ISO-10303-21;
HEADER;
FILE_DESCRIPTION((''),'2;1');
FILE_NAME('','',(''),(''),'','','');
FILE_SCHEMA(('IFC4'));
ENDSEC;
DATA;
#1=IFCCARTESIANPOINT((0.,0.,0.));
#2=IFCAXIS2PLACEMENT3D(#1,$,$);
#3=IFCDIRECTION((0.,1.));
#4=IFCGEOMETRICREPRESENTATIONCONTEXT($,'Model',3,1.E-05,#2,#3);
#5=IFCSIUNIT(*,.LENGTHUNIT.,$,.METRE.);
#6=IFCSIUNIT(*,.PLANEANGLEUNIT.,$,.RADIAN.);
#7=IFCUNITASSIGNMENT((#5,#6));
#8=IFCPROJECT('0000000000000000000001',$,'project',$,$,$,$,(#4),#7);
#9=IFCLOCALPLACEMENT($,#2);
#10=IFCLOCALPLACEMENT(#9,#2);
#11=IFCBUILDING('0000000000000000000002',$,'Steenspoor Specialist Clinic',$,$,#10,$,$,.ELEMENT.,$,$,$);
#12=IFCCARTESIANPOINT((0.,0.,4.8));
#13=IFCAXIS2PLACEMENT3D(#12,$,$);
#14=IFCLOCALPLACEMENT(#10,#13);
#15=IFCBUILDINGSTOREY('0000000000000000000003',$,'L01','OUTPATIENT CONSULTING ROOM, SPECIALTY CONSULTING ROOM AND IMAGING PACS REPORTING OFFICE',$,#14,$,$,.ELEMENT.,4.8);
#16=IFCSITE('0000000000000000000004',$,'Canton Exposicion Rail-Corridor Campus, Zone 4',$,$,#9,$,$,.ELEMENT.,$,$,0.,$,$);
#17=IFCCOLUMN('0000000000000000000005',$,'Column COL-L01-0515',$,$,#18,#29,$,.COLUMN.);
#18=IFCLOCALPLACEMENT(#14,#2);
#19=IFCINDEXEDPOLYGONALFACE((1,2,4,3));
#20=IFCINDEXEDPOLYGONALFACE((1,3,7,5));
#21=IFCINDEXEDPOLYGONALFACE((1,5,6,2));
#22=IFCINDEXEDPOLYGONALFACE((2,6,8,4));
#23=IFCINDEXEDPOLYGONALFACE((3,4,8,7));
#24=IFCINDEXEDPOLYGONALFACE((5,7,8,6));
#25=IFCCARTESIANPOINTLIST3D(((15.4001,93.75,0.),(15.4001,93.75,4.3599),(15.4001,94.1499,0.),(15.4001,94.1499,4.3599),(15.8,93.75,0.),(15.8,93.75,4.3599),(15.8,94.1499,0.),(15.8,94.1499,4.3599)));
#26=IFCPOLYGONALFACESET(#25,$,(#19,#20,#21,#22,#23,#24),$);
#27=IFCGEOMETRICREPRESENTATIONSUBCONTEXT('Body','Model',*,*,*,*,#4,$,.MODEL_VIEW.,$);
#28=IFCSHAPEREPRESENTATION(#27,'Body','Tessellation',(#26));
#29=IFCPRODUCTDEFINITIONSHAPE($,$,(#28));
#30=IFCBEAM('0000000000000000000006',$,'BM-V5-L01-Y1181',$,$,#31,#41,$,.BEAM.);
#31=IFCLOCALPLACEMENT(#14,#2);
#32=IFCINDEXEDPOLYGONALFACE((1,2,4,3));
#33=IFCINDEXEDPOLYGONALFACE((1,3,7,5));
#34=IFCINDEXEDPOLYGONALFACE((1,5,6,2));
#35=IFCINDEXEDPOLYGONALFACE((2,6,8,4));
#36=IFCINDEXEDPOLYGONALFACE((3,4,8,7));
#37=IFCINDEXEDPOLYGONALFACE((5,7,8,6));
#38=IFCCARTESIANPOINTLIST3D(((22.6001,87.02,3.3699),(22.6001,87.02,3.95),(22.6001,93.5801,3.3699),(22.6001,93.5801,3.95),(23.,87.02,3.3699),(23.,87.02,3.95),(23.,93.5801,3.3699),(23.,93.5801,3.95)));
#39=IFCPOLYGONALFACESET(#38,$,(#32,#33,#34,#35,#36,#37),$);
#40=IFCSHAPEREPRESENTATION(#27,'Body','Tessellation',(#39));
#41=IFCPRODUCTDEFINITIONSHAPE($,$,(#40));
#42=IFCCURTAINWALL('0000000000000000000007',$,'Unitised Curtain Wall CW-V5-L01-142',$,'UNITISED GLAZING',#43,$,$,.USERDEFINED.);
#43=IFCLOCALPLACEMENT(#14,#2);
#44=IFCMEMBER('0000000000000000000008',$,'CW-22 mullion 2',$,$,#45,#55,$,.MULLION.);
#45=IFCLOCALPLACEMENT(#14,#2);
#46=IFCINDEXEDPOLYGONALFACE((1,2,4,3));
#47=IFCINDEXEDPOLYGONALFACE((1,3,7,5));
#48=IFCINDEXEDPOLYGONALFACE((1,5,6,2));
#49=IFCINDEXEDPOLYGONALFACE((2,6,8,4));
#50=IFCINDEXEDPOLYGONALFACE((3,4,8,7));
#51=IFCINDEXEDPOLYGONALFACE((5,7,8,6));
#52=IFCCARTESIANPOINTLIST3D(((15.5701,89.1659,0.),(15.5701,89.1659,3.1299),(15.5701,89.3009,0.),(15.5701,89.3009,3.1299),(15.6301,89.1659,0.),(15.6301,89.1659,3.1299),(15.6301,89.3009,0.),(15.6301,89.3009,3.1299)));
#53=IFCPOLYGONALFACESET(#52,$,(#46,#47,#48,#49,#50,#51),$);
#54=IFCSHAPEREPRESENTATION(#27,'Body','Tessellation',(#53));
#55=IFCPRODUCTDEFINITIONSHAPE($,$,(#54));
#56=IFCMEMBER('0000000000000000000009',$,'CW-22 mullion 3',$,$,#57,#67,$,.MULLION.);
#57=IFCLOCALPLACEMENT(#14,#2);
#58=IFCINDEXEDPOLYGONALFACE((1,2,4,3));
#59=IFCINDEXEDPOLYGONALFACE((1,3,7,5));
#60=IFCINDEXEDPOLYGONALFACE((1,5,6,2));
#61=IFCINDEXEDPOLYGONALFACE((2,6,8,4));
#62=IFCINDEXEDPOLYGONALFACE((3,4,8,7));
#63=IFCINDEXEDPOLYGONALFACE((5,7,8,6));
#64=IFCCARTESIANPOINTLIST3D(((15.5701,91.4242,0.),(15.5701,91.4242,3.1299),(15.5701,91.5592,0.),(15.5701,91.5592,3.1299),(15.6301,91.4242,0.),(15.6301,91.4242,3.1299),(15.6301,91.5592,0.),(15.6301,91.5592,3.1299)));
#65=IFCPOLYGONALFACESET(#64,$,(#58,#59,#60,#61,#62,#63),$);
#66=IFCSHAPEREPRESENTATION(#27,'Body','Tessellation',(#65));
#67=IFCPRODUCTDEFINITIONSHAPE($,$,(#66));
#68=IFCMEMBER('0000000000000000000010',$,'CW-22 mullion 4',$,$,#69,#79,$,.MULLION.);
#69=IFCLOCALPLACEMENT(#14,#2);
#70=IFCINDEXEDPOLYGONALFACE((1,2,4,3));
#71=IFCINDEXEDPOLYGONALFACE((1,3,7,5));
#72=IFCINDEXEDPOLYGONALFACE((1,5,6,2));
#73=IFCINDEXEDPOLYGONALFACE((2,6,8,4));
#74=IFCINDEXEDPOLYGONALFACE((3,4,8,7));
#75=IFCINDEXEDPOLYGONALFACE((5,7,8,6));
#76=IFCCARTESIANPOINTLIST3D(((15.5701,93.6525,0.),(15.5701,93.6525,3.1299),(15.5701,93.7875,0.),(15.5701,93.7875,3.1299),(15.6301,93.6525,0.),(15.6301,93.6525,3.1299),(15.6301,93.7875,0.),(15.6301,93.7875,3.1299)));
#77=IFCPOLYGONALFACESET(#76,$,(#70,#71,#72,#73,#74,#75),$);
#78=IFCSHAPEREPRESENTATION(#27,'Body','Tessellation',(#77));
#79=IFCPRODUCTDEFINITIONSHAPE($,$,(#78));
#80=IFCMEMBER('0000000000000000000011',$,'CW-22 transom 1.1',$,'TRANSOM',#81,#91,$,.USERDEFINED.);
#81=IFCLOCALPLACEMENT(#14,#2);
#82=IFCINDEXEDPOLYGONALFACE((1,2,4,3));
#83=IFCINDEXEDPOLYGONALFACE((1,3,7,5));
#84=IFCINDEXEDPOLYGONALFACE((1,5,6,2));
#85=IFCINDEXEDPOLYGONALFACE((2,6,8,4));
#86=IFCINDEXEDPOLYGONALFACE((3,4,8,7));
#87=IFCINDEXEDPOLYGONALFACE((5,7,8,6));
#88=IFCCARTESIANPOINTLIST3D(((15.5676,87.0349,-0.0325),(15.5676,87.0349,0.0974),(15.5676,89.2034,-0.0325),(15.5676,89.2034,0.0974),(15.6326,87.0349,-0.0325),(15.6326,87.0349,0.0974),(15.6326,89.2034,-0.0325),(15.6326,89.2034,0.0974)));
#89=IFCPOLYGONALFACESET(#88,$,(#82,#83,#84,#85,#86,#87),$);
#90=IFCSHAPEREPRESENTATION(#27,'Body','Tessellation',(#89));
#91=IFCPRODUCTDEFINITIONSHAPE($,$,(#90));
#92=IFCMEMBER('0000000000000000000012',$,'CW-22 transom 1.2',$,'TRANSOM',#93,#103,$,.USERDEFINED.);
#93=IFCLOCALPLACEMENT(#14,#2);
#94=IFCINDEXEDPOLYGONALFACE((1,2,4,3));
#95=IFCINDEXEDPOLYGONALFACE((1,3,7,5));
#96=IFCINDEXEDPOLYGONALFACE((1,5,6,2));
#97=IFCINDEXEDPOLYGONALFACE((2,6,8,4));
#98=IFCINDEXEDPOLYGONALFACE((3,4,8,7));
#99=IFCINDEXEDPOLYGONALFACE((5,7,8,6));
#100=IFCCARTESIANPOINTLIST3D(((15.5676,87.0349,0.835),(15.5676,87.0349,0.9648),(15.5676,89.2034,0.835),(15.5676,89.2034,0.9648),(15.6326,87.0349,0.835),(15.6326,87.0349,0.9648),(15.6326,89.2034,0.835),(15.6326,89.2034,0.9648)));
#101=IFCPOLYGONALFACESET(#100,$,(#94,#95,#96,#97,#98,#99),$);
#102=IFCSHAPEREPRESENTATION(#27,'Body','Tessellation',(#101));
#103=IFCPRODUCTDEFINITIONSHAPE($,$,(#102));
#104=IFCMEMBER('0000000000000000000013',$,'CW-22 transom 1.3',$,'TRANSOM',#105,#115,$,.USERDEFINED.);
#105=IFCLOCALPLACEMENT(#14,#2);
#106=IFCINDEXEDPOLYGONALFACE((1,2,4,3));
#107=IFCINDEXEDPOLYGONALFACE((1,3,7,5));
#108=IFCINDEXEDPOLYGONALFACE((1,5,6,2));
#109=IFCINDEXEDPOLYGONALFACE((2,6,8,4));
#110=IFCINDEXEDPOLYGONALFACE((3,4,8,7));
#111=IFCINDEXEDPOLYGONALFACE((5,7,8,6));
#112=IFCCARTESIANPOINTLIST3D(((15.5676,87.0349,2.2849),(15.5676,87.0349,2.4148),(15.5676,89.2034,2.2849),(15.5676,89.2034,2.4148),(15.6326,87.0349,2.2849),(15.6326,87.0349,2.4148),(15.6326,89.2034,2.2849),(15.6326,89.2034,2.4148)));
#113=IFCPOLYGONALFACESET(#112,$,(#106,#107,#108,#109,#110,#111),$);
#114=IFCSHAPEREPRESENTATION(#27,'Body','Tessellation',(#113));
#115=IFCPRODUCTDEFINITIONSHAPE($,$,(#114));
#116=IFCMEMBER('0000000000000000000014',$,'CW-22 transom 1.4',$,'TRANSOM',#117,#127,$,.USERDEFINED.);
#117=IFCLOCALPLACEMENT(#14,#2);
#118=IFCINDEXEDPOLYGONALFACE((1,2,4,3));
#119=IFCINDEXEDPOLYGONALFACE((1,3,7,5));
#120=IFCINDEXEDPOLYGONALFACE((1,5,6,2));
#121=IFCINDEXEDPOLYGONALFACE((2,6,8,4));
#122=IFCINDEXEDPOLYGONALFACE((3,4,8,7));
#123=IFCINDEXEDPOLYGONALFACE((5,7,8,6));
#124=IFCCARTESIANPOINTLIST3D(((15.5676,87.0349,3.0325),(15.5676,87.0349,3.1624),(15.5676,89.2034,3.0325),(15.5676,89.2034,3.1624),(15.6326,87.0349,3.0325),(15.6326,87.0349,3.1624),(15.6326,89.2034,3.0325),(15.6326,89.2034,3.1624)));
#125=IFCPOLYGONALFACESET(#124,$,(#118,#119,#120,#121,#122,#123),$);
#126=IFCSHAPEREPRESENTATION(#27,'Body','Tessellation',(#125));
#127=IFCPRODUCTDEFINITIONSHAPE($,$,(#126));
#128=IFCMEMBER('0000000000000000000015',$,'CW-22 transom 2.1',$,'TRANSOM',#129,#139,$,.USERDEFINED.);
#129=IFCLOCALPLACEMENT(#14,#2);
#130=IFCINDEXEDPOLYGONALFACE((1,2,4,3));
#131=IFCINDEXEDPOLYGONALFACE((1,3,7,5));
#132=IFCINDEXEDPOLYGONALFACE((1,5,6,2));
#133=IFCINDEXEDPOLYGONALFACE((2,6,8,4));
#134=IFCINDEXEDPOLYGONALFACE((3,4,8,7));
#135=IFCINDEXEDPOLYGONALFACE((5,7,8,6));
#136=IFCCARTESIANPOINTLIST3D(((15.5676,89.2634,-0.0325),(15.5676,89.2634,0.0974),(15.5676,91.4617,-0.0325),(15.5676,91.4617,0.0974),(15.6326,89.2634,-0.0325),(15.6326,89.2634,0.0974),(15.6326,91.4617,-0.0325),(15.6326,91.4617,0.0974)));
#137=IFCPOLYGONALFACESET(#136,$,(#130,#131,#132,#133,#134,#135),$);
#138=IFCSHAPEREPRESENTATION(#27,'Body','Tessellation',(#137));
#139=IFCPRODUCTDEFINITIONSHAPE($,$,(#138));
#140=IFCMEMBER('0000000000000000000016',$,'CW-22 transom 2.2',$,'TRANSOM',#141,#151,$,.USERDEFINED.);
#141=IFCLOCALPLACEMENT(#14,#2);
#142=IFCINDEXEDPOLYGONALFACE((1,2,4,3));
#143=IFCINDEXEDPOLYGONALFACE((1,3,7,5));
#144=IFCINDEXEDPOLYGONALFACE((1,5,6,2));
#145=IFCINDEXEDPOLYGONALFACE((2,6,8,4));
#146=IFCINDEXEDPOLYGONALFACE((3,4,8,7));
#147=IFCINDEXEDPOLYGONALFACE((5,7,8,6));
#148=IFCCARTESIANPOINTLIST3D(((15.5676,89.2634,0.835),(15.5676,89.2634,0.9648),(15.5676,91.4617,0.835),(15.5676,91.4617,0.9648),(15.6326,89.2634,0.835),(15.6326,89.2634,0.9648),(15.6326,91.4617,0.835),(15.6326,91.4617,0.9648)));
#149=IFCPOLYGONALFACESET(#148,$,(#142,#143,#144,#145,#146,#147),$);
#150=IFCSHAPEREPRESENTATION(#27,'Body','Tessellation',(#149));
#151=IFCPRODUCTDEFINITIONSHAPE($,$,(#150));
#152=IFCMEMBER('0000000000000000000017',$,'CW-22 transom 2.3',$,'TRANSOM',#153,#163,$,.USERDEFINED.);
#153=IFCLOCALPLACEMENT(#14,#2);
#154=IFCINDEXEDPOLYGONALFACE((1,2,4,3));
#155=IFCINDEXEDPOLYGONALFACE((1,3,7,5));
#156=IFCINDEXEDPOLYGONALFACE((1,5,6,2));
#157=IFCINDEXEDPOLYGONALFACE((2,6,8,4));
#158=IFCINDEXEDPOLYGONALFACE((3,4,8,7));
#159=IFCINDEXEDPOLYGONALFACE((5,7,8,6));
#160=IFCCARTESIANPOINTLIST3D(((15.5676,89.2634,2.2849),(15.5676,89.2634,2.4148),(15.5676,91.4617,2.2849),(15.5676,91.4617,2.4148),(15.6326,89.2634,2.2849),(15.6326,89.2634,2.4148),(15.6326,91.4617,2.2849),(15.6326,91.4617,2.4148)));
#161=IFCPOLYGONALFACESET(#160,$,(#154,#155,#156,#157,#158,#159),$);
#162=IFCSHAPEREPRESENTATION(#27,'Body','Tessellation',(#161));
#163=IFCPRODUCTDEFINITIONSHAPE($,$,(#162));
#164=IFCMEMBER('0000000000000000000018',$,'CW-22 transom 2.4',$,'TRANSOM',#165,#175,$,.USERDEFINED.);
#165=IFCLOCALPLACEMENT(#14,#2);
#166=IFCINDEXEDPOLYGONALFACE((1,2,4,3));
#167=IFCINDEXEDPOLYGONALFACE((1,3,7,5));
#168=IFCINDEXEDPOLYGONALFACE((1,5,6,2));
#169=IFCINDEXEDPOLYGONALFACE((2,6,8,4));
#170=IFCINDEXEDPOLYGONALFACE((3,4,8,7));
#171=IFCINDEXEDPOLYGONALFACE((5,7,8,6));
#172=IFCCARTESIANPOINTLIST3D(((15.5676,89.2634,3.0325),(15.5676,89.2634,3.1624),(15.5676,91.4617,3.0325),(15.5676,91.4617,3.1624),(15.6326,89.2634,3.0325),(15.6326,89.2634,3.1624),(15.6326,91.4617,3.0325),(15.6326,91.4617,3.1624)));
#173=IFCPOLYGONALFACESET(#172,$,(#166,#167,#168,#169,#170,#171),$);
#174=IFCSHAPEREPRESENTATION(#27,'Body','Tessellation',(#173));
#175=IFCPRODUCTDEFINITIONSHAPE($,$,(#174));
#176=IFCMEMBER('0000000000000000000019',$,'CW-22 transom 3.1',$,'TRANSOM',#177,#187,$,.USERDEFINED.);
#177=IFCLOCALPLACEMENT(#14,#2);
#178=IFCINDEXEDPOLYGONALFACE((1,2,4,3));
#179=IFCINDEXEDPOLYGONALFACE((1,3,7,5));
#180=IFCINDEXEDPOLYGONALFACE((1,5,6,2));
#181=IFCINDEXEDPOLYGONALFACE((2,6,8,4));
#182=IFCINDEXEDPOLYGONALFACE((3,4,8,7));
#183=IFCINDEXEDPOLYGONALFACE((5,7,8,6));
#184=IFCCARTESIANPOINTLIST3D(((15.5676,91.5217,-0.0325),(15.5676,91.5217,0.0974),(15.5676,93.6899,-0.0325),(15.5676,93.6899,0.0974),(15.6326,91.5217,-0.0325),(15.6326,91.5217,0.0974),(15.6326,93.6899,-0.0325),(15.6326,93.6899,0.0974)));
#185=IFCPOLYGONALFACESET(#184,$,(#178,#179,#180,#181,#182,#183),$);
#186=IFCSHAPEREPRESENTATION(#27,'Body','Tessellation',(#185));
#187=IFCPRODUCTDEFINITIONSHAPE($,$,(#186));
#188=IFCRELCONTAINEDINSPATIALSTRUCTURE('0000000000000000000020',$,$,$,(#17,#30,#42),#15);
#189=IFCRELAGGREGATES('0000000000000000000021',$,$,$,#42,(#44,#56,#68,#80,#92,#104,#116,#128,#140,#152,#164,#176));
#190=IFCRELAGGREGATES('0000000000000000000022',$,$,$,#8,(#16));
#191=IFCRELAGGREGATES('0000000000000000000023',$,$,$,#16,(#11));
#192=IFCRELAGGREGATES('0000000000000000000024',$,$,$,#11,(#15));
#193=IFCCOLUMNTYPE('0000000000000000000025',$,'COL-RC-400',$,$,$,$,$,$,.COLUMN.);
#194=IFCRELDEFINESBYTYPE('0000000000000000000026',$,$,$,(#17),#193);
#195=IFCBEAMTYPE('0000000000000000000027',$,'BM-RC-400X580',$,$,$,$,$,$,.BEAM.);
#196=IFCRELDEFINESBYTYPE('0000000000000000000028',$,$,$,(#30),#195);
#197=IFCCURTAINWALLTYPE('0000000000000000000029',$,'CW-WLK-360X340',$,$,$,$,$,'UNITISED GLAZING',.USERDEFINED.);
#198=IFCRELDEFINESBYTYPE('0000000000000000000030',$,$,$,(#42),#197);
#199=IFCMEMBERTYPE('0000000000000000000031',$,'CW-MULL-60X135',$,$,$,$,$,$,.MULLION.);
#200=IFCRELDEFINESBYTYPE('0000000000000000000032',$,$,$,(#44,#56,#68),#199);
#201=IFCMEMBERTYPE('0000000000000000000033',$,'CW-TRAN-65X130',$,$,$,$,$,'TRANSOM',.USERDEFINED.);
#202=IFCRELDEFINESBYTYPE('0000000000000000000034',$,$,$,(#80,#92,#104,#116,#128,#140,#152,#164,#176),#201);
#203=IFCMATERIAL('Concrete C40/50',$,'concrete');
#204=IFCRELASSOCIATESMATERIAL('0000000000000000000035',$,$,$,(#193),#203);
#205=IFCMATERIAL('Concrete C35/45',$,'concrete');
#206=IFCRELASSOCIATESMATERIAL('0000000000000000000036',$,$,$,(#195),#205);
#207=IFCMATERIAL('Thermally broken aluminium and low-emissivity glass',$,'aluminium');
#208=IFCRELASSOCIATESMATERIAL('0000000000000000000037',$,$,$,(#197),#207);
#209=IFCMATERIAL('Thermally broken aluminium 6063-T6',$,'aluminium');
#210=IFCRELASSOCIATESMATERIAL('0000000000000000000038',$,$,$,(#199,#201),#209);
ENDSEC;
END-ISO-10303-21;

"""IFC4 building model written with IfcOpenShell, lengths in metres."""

from ifc_helpers import new_model, si_unit, direction, frame, origin, origin_2d, place, context, subcontext, project, spatial, rectangle, extrude, material, material_profile, profile_set, type_object, element, aggregate, save


model = new_model("IFC4")

# Units and contexts
model_context = context("Model", 3, precision=1e-05, world=origin(), true_north=direction((0.0, 1.0)))
body_context = subcontext(model_context, "Body", "Model", "MODEL_VIEW")
ifc_project = project(units=[si_unit("LENGTHUNIT", "METRE"), si_unit("PLANEANGLEUNIT", "RADIAN")], contexts=[model_context])

# Site, building, storey
site_placement = place(None, origin())
site = spatial("IfcSite", under=ifc_project, at=site_placement, Name="Canton Exposicion Rail-Corridor Campus, Zone 4", CompositionType="ELEMENT", RefElevation=0.0)
building_placement = place(site_placement, origin())
building = spatial("IfcBuilding", under=site, at=building_placement, Name="Steenspoor Specialist Clinic", CompositionType="ELEMENT")
storey_placement = place(building_placement, frame((0.0, 0.0, 4.8)))
storey = spatial("IfcBuildingStorey", under=building, at=storey_placement, Name="L01", Description="OUTPATIENT CONSULTING ROOM, SPECIALTY CONSULTING ROOM AND IMAGING PACS REPORTING OFFICE", CompositionType="ELEMENT", Elevation=4.8)

# Column
ifc_material_1 = material(Name="Concrete C40/50", Category="concrete")
ifc_material_profile_1 = material_profile(ifc_material_1, rectangle(XDim=0.3999, YDim=0.3999, at=origin_2d()), Name="RC-COL-400X400")
ifc_profile_set_1 = profile_set([ifc_material_profile_1], Name="Concrete C40/50")
column_type = type_object("IfcColumnType", Name="COL-RC-400", PredefinedType="COLUMN", material=ifc_profile_set_1)
column_placement = place(storey_placement, frame((15.6001, 93.95, 0.0), z_axis=(0.0, 0.0, 1.0), x_axis=(1.0, 0.0, 0.0)))
element("IfcColumn", 1, at=column_placement, inside=storey, type_object=column_type, Name="Column COL-L01-0515", PredefinedType="COLUMN", context=body_context, shape_type="SweptSolid", body=[
    extrude(rectangle(XDim=0.3999, YDim=0.3999, at=origin_2d()), origin(), (0.0, 0.0, 1.0), 4.3599),
])

# Beam
ifc_material_2 = material(Name="Concrete C35/45", Category="concrete")
ifc_material_profile_2 = material_profile(ifc_material_2, rectangle(XDim=0.3999, YDim=0.5801, at=origin_2d()), Name="RC-BM-400X580")
ifc_profile_set_2 = profile_set([ifc_material_profile_2], Name="Concrete C35/45")
beam_type_1 = type_object("IfcBeamType", Name="BM-RC-400X580", PredefinedType="BEAM", material=ifc_profile_set_2)
beam_1_placement = place(storey_placement, frame((22.8, 87.02, 3.6599), z_axis=(0.0, 1.0, 0.0), x_axis=(-1.0, 0.0, 0.0)))
element("IfcBeam", 2, at=beam_1_placement, inside=storey, type_object=beam_type_1, Name="BM-V5-L01-Y1181", PredefinedType="BEAM", context=body_context, shape_type="SweptSolid", body=[
    extrude(rectangle(XDim=0.3999, YDim=0.5801, at=origin_2d()), origin(), (0.0, 0.0, 1.0), 6.5601),
])

# Curtain wall, members
ifc_material_3 = material(Name="Thermally broken aluminium and low-emissivity glass", Category="aluminium")
curtain_wall_type = type_object("IfcCurtainWallType", Name="CW-WLK-360X340", ElementType="UNITISED GLAZING", PredefinedType="USERDEFINED", material=ifc_material_3)
curtain_wall_placement = place(storey_placement, origin())
curtain_wall = element("IfcCurtainWall", 3, at=curtain_wall_placement, inside=storey, type_object=curtain_wall_type, Name="Unitised Curtain Wall CW-V5-L01-142", ObjectType="UNITISED GLAZING", PredefinedType="USERDEFINED")
ifc_material_4 = material(Name="Thermally broken aluminium 6063-T6", Category="aluminium")
ifc_material_profile_3 = material_profile(ifc_material_4, rectangle(XDim=0.0601, YDim=0.135, at=origin_2d()), Name="CWM-60X135")
ifc_profile_set_3 = profile_set([ifc_material_profile_3], Name="Thermally broken aluminium 6063-T6")
member_type_1 = type_object("IfcMemberType", Name="CW-MULL-60X135", PredefinedType="MULLION", material=ifc_profile_set_3)
member_1_placement = place(storey_placement, frame((15.6001, 89.2334, 0.0), z_axis=(0.0, 0.0, 1.0), x_axis=(-1.0, 0.0, 0.0)))
member_1 = element("IfcMember", 4, at=member_1_placement, type_object=member_type_1, Name="CW-22 mullion 2", PredefinedType="MULLION", context=body_context, shape_type="SweptSolid", body=[
    extrude(rectangle(XDim=0.0601, YDim=0.135, at=origin_2d()), origin(), (0.0, 0.0, 1.0), 3.1299),
])
member_2_placement = place(storey_placement, frame((15.6001, 91.4917, 0.0), z_axis=(0.0, 0.0, 1.0), x_axis=(-1.0, 0.0, 0.0)))
member_2 = element("IfcMember", 5, at=member_2_placement, type_object=member_type_1, Name="CW-22 mullion 3", PredefinedType="MULLION", context=body_context, shape_type="SweptSolid", body=[
    extrude(rectangle(XDim=0.0601, YDim=0.135, at=origin_2d()), origin(), (0.0, 0.0, 1.0), 3.1299),
])
member_3_placement = place(storey_placement, frame((15.6001, 93.72, 0.0), z_axis=(0.0, 0.0, 1.0), x_axis=(-1.0, 0.0, 0.0)))
member_3 = element("IfcMember", 6, at=member_3_placement, type_object=member_type_1, Name="CW-22 mullion 4", PredefinedType="MULLION", context=body_context, shape_type="SweptSolid", body=[
    extrude(rectangle(XDim=0.0601, YDim=0.135, at=origin_2d()), origin(), (0.0, 0.0, 1.0), 3.1299),
])
ifc_material_profile_4 = material_profile(ifc_material_4, rectangle(XDim=0.0649, YDim=0.1299, at=origin_2d()), Name="CWT-65X130")
ifc_profile_set_4 = profile_set([ifc_material_profile_4], Name="Thermally broken aluminium 6063-T6")
member_type_2 = type_object("IfcMemberType", Name="CW-TRAN-65X130", ElementType="TRANSOM", PredefinedType="USERDEFINED", material=ifc_profile_set_4)
member_4_placement = place(storey_placement, frame((15.6001, 87.0349, 0.0325), z_axis=(0.0, 1.0, 0.0), x_axis=(-1.0, 0.0, 0.0)))
member_4 = element("IfcMember", 7, at=member_4_placement, type_object=member_type_2, Name="CW-22 transom 1.1", ObjectType="TRANSOM", PredefinedType="USERDEFINED", context=body_context, shape_type="SweptSolid", body=[
    extrude(rectangle(XDim=0.0649, YDim=0.1299, at=origin_2d()), origin(), (0.0, 0.0, 1.0), 2.1685),
])
member_5_placement = place(storey_placement, frame((15.6001, 87.0349, 0.8999), z_axis=(0.0, 1.0, 0.0), x_axis=(-1.0, 0.0, 0.0)))
member_5 = element("IfcMember", 8, at=member_5_placement, type_object=member_type_2, Name="CW-22 transom 1.2", ObjectType="TRANSOM", PredefinedType="USERDEFINED", context=body_context, shape_type="SweptSolid", body=[
    extrude(rectangle(XDim=0.0649, YDim=0.1299, at=origin_2d()), origin(), (0.0, 0.0, 1.0), 2.1685),
])
member_6_placement = place(storey_placement, frame((15.6001, 87.0349, 2.3499), z_axis=(0.0, 1.0, 0.0), x_axis=(-1.0, 0.0, 0.0)))
member_6 = element("IfcMember", 9, at=member_6_placement, type_object=member_type_2, Name="CW-22 transom 1.3", ObjectType="TRANSOM", PredefinedType="USERDEFINED", context=body_context, shape_type="SweptSolid", body=[
    extrude(rectangle(XDim=0.0649, YDim=0.1299, at=origin_2d()), origin(), (0.0, 0.0, 1.0), 2.1685),
])
member_7_placement = place(storey_placement, frame((15.6001, 87.0349, 3.0974), z_axis=(0.0, 1.0, 0.0), x_axis=(-1.0, 0.0, 0.0)))
member_7 = element("IfcMember", 10, at=member_7_placement, type_object=member_type_2, Name="CW-22 transom 1.4", ObjectType="TRANSOM", PredefinedType="USERDEFINED", context=body_context, shape_type="SweptSolid", body=[
    extrude(rectangle(XDim=0.0649, YDim=0.1299, at=origin_2d()), origin(), (0.0, 0.0, 1.0), 2.1685),
])
member_8_placement = place(storey_placement, frame((15.6001, 89.2634, 0.0325), z_axis=(0.0, 1.0, 0.0), x_axis=(-1.0, 0.0, 0.0)))
member_8 = element("IfcMember", 11, at=member_8_placement, type_object=member_type_2, Name="CW-22 transom 2.1", ObjectType="TRANSOM", PredefinedType="USERDEFINED", context=body_context, shape_type="SweptSolid", body=[
    extrude(rectangle(XDim=0.0649, YDim=0.1299, at=origin_2d()), origin(), (0.0, 0.0, 1.0), 2.1982),
])
member_9_placement = place(storey_placement, frame((15.6001, 89.2634, 0.8999), z_axis=(0.0, 1.0, 0.0), x_axis=(-1.0, 0.0, 0.0)))
member_9 = element("IfcMember", 12, at=member_9_placement, type_object=member_type_2, Name="CW-22 transom 2.2", ObjectType="TRANSOM", PredefinedType="USERDEFINED", context=body_context, shape_type="SweptSolid", body=[
    extrude(rectangle(XDim=0.0649, YDim=0.1299, at=origin_2d()), origin(), (0.0, 0.0, 1.0), 2.1982),
])
member_10_placement = place(storey_placement, frame((15.6001, 89.2634, 2.3499), z_axis=(0.0, 1.0, 0.0), x_axis=(-1.0, 0.0, 0.0)))
member_10 = element("IfcMember", 13, at=member_10_placement, type_object=member_type_2, Name="CW-22 transom 2.3", ObjectType="TRANSOM", PredefinedType="USERDEFINED", context=body_context, shape_type="SweptSolid", body=[
    extrude(rectangle(XDim=0.0649, YDim=0.1299, at=origin_2d()), origin(), (0.0, 0.0, 1.0), 2.1982),
])
member_11_placement = place(storey_placement, frame((15.6001, 89.2634, 3.0974), z_axis=(0.0, 1.0, 0.0), x_axis=(-1.0, 0.0, 0.0)))
member_11 = element("IfcMember", 14, at=member_11_placement, type_object=member_type_2, Name="CW-22 transom 2.4", ObjectType="TRANSOM", PredefinedType="USERDEFINED", context=body_context, shape_type="SweptSolid", body=[
    extrude(rectangle(XDim=0.0649, YDim=0.1299, at=origin_2d()), origin(), (0.0, 0.0, 1.0), 2.1982),
])
member_12_placement = place(storey_placement, frame((15.6001, 91.5217, 0.0325), z_axis=(0.0, 1.0, 0.0), x_axis=(-1.0, 0.0, 0.0)))
member_12 = element("IfcMember", 15, at=member_12_placement, type_object=member_type_2, Name="CW-22 transom 3.1", ObjectType="TRANSOM", PredefinedType="USERDEFINED", context=body_context, shape_type="SweptSolid", body=[
    extrude(rectangle(XDim=0.0649, YDim=0.1299, at=origin_2d()), origin(), (0.0, 0.0, 1.0), 2.1682),
])

aggregate(curtain_wall, [member_1, member_2, member_3, member_4, member_5, member_6, member_7, member_8, member_9, member_10, member_11, member_12])

save(model, "model.ifc")
